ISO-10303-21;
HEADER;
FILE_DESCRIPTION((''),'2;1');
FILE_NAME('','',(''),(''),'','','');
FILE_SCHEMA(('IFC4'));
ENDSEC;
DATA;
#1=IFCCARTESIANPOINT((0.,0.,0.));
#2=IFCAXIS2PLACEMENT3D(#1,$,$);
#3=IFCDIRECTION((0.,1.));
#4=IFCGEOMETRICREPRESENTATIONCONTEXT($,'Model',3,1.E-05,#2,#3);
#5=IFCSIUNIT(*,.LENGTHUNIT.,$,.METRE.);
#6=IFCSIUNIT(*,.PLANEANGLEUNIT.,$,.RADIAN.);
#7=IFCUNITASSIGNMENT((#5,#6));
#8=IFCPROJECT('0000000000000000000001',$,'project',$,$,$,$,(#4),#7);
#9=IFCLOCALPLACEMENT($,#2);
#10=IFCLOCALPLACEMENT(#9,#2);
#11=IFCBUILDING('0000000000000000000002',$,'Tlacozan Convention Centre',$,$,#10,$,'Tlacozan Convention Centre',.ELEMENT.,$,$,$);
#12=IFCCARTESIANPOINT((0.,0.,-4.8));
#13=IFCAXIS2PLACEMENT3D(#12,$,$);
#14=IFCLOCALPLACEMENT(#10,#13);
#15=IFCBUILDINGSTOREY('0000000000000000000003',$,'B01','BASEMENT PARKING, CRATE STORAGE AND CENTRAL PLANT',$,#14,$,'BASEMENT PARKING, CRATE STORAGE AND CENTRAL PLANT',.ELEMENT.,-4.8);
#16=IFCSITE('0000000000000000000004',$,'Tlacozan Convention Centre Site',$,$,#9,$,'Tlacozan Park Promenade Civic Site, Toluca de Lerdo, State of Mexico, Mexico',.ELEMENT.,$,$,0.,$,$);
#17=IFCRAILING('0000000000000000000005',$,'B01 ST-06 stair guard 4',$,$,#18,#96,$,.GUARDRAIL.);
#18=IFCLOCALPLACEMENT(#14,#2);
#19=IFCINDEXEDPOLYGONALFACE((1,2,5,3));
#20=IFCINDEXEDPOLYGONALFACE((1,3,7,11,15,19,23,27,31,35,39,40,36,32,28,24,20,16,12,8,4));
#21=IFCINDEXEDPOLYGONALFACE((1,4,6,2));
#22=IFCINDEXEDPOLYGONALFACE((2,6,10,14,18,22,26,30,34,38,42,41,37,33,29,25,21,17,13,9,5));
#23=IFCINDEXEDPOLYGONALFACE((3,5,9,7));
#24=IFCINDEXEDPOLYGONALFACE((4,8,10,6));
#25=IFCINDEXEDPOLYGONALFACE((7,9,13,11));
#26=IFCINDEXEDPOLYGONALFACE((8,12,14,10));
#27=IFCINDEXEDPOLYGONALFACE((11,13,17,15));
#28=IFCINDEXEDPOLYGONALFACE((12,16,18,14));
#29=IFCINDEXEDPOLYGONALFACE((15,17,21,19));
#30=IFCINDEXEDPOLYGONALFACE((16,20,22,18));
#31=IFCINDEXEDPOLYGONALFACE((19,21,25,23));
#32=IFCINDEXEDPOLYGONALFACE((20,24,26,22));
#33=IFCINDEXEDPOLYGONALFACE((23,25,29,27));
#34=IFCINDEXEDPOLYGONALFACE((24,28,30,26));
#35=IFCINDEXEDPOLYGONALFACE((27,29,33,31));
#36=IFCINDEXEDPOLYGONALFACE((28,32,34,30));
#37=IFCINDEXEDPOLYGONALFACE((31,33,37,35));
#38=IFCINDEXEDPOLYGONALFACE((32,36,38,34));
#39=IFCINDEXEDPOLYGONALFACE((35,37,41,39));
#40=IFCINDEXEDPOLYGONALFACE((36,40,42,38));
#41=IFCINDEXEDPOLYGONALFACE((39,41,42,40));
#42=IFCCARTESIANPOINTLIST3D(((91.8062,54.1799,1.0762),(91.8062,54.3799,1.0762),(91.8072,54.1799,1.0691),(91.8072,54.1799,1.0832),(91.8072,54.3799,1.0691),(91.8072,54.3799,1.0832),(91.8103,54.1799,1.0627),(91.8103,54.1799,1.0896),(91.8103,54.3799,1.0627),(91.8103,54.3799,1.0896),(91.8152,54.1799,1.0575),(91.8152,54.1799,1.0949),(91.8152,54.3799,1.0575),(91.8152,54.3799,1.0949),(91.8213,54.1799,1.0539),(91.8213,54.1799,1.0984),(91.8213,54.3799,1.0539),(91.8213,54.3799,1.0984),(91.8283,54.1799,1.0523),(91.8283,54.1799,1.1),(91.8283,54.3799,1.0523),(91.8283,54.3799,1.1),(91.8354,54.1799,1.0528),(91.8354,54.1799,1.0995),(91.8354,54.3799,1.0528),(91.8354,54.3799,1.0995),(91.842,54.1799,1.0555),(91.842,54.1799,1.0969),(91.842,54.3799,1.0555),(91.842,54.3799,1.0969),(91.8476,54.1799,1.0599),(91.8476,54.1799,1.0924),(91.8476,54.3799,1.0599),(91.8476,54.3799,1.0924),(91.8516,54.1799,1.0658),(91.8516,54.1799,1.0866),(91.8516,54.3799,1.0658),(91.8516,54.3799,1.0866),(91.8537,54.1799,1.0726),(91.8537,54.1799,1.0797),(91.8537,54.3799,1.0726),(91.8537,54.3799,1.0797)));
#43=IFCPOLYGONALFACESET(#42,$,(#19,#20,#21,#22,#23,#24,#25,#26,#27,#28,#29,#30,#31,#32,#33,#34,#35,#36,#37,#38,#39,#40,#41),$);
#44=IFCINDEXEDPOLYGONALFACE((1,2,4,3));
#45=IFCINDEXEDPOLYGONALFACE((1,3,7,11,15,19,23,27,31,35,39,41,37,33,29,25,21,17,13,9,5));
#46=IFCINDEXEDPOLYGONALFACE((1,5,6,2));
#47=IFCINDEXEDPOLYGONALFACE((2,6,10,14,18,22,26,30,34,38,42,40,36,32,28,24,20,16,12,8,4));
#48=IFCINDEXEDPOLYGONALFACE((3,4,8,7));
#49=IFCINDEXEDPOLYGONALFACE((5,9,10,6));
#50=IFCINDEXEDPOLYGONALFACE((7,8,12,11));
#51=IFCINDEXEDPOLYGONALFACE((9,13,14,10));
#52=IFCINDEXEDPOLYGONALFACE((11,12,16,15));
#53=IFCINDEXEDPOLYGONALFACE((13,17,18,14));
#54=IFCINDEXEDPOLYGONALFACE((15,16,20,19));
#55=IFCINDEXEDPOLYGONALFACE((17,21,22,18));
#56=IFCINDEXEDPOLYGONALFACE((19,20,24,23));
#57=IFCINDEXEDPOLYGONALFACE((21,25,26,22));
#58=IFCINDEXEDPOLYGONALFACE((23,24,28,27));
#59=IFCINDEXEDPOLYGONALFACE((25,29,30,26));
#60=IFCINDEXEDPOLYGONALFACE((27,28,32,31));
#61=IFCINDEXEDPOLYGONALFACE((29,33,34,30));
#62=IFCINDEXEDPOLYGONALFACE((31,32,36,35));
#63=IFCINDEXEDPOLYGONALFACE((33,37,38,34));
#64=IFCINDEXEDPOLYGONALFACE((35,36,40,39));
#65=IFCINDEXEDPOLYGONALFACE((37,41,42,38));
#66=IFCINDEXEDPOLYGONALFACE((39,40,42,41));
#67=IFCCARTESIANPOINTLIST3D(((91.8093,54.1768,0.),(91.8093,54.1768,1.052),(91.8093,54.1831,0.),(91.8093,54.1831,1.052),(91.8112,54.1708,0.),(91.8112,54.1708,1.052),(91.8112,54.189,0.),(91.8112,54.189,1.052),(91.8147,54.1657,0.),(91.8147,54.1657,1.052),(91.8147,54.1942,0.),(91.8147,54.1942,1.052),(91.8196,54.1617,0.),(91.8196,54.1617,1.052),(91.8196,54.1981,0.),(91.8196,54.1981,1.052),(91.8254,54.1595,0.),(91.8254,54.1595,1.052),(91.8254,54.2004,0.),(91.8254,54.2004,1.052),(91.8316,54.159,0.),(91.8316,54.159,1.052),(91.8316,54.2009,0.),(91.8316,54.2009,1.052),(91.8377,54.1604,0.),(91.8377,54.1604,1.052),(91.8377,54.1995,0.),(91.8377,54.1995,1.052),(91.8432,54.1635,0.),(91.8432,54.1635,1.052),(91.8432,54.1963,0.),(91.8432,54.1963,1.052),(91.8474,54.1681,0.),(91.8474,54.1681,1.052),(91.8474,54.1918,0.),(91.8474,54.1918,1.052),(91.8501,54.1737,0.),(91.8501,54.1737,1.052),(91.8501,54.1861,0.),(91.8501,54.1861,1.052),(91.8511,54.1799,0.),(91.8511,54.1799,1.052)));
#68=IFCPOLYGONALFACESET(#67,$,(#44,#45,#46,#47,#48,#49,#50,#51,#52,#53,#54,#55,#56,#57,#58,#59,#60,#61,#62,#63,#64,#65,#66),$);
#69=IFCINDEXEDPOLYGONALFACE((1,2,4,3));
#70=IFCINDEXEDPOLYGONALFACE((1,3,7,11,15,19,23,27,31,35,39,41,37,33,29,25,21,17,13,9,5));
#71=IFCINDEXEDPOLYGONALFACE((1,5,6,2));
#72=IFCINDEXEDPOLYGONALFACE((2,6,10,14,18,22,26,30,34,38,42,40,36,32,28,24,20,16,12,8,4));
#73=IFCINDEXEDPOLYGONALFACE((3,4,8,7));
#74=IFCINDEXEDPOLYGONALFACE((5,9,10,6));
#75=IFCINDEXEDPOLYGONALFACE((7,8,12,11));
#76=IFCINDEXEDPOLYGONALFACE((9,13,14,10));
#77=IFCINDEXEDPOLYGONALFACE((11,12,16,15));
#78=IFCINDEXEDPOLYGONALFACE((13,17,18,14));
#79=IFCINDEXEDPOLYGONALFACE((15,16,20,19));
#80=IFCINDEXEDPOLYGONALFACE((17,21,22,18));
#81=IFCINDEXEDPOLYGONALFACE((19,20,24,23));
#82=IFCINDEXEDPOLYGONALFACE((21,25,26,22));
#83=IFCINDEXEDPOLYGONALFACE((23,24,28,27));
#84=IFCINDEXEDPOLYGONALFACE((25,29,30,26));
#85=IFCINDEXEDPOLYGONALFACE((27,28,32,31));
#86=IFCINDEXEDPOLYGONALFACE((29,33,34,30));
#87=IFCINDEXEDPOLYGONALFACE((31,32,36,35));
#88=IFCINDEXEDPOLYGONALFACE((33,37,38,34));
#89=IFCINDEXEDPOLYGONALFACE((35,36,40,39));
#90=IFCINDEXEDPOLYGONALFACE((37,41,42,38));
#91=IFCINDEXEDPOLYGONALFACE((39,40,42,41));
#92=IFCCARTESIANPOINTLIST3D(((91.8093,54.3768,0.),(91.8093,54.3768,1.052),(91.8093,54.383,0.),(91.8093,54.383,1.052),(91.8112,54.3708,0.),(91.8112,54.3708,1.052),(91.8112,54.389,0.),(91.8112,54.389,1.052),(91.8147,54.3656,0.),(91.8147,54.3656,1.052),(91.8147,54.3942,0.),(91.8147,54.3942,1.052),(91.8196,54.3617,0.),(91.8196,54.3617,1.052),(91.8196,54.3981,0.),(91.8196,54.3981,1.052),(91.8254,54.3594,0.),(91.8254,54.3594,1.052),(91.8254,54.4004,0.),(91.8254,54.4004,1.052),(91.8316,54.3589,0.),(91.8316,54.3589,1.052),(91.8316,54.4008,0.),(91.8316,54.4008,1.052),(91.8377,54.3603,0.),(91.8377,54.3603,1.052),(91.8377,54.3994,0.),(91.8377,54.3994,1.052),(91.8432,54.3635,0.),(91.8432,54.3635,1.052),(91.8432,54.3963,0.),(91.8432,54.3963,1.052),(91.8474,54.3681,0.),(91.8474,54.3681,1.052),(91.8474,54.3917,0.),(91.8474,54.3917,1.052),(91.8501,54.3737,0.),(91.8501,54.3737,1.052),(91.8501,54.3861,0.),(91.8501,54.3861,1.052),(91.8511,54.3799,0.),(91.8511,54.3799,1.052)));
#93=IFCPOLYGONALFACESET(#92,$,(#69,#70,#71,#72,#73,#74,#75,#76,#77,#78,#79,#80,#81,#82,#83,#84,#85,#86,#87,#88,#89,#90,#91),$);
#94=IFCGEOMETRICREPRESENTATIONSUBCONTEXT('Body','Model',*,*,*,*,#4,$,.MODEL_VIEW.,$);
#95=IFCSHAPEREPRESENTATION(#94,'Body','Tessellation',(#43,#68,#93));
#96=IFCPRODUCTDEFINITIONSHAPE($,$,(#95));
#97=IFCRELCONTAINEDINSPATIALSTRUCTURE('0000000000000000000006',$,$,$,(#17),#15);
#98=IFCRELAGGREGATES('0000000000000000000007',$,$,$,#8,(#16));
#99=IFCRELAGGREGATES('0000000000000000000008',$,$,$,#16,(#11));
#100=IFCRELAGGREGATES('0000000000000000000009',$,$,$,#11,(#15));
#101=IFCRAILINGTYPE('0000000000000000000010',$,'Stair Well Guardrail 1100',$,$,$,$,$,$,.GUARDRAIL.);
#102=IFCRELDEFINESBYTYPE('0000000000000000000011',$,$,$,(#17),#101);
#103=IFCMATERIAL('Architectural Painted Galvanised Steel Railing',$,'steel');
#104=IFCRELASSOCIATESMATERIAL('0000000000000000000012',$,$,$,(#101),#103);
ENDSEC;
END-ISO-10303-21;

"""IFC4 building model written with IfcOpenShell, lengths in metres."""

from ifc_helpers import new_model, si_unit, direction, frame, origin, origin_2d, place, context, subcontext, project, spatial, circle, extrude, material, type_object, element, save


model = new_model("IFC4")

# Units and contexts
model_context = context("Model", 3, precision=1e-05, world=origin(), true_north=direction((0.0, 1.0)))
body_context = subcontext(model_context, "Body", "Model", "MODEL_VIEW")
ifc_project = project(units=[si_unit("LENGTHUNIT", "METRE"), si_unit("PLANEANGLEUNIT", "RADIAN")], contexts=[model_context])

# Site, building, storey
site_placement = place(None, origin())
site = spatial("IfcSite", under=ifc_project, at=site_placement, Name="Tlacozan Convention Centre Site", LongName="Tlacozan Park Promenade Civic Site, Toluca de Lerdo, State of Mexico, Mexico", CompositionType="ELEMENT", RefElevation=0.0)
building_placement = place(site_placement, origin())
building = spatial("IfcBuilding", under=site, at=building_placement, Name="Tlacozan Convention Centre", LongName="Tlacozan Convention Centre", CompositionType="ELEMENT")
storey_placement = place(building_placement, frame((0.0, 0.0, -4.8)))
storey = spatial("IfcBuildingStorey", under=building, at=storey_placement, Name="B01", Description="BASEMENT PARKING, CRATE STORAGE AND CENTRAL PLANT", LongName="BASEMENT PARKING, CRATE STORAGE AND CENTRAL PLANT", CompositionType="ELEMENT", Elevation=-4.8)

# Railing
ifc_material_1 = material(Name="Architectural Painted Galvanised Steel Railing", Category="steel")
railing_type_1 = type_object("IfcRailingType", Name="Stair Well Guardrail 1100", PredefinedType="GUARDRAIL", material=ifc_material_1)
railing_1_placement = place(storey_placement, frame((91.8301, 54.1799, 0.0)))
element("IfcRailing", 1, at=railing_1_placement, inside=storey, type_object=railing_type_1, Name="B01 ST-06 stair guard 4", PredefinedType="GUARDRAIL", context=body_context, shape_type="SweptSolid", body=[
    extrude(circle(Radius=0.0239, at=origin_2d()), frame((0.0, 0.0, 1.0762), z_axis=(0.0, 1.0, 0.0), x_axis=(-1.0, 0.0, 0.0)), (0.0, 0.0, 1.0), 0.2),
    extrude(circle(Radius=0.021, at=origin_2d()), origin(), (0.0, 0.0, 1.0), 1.052),
    extrude(circle(Radius=0.021, at=origin_2d()), frame((0.0, 0.2, 0.0)), (0.0, 0.0, 1.0), 1.052),
])

save(model, "model.ifc")
